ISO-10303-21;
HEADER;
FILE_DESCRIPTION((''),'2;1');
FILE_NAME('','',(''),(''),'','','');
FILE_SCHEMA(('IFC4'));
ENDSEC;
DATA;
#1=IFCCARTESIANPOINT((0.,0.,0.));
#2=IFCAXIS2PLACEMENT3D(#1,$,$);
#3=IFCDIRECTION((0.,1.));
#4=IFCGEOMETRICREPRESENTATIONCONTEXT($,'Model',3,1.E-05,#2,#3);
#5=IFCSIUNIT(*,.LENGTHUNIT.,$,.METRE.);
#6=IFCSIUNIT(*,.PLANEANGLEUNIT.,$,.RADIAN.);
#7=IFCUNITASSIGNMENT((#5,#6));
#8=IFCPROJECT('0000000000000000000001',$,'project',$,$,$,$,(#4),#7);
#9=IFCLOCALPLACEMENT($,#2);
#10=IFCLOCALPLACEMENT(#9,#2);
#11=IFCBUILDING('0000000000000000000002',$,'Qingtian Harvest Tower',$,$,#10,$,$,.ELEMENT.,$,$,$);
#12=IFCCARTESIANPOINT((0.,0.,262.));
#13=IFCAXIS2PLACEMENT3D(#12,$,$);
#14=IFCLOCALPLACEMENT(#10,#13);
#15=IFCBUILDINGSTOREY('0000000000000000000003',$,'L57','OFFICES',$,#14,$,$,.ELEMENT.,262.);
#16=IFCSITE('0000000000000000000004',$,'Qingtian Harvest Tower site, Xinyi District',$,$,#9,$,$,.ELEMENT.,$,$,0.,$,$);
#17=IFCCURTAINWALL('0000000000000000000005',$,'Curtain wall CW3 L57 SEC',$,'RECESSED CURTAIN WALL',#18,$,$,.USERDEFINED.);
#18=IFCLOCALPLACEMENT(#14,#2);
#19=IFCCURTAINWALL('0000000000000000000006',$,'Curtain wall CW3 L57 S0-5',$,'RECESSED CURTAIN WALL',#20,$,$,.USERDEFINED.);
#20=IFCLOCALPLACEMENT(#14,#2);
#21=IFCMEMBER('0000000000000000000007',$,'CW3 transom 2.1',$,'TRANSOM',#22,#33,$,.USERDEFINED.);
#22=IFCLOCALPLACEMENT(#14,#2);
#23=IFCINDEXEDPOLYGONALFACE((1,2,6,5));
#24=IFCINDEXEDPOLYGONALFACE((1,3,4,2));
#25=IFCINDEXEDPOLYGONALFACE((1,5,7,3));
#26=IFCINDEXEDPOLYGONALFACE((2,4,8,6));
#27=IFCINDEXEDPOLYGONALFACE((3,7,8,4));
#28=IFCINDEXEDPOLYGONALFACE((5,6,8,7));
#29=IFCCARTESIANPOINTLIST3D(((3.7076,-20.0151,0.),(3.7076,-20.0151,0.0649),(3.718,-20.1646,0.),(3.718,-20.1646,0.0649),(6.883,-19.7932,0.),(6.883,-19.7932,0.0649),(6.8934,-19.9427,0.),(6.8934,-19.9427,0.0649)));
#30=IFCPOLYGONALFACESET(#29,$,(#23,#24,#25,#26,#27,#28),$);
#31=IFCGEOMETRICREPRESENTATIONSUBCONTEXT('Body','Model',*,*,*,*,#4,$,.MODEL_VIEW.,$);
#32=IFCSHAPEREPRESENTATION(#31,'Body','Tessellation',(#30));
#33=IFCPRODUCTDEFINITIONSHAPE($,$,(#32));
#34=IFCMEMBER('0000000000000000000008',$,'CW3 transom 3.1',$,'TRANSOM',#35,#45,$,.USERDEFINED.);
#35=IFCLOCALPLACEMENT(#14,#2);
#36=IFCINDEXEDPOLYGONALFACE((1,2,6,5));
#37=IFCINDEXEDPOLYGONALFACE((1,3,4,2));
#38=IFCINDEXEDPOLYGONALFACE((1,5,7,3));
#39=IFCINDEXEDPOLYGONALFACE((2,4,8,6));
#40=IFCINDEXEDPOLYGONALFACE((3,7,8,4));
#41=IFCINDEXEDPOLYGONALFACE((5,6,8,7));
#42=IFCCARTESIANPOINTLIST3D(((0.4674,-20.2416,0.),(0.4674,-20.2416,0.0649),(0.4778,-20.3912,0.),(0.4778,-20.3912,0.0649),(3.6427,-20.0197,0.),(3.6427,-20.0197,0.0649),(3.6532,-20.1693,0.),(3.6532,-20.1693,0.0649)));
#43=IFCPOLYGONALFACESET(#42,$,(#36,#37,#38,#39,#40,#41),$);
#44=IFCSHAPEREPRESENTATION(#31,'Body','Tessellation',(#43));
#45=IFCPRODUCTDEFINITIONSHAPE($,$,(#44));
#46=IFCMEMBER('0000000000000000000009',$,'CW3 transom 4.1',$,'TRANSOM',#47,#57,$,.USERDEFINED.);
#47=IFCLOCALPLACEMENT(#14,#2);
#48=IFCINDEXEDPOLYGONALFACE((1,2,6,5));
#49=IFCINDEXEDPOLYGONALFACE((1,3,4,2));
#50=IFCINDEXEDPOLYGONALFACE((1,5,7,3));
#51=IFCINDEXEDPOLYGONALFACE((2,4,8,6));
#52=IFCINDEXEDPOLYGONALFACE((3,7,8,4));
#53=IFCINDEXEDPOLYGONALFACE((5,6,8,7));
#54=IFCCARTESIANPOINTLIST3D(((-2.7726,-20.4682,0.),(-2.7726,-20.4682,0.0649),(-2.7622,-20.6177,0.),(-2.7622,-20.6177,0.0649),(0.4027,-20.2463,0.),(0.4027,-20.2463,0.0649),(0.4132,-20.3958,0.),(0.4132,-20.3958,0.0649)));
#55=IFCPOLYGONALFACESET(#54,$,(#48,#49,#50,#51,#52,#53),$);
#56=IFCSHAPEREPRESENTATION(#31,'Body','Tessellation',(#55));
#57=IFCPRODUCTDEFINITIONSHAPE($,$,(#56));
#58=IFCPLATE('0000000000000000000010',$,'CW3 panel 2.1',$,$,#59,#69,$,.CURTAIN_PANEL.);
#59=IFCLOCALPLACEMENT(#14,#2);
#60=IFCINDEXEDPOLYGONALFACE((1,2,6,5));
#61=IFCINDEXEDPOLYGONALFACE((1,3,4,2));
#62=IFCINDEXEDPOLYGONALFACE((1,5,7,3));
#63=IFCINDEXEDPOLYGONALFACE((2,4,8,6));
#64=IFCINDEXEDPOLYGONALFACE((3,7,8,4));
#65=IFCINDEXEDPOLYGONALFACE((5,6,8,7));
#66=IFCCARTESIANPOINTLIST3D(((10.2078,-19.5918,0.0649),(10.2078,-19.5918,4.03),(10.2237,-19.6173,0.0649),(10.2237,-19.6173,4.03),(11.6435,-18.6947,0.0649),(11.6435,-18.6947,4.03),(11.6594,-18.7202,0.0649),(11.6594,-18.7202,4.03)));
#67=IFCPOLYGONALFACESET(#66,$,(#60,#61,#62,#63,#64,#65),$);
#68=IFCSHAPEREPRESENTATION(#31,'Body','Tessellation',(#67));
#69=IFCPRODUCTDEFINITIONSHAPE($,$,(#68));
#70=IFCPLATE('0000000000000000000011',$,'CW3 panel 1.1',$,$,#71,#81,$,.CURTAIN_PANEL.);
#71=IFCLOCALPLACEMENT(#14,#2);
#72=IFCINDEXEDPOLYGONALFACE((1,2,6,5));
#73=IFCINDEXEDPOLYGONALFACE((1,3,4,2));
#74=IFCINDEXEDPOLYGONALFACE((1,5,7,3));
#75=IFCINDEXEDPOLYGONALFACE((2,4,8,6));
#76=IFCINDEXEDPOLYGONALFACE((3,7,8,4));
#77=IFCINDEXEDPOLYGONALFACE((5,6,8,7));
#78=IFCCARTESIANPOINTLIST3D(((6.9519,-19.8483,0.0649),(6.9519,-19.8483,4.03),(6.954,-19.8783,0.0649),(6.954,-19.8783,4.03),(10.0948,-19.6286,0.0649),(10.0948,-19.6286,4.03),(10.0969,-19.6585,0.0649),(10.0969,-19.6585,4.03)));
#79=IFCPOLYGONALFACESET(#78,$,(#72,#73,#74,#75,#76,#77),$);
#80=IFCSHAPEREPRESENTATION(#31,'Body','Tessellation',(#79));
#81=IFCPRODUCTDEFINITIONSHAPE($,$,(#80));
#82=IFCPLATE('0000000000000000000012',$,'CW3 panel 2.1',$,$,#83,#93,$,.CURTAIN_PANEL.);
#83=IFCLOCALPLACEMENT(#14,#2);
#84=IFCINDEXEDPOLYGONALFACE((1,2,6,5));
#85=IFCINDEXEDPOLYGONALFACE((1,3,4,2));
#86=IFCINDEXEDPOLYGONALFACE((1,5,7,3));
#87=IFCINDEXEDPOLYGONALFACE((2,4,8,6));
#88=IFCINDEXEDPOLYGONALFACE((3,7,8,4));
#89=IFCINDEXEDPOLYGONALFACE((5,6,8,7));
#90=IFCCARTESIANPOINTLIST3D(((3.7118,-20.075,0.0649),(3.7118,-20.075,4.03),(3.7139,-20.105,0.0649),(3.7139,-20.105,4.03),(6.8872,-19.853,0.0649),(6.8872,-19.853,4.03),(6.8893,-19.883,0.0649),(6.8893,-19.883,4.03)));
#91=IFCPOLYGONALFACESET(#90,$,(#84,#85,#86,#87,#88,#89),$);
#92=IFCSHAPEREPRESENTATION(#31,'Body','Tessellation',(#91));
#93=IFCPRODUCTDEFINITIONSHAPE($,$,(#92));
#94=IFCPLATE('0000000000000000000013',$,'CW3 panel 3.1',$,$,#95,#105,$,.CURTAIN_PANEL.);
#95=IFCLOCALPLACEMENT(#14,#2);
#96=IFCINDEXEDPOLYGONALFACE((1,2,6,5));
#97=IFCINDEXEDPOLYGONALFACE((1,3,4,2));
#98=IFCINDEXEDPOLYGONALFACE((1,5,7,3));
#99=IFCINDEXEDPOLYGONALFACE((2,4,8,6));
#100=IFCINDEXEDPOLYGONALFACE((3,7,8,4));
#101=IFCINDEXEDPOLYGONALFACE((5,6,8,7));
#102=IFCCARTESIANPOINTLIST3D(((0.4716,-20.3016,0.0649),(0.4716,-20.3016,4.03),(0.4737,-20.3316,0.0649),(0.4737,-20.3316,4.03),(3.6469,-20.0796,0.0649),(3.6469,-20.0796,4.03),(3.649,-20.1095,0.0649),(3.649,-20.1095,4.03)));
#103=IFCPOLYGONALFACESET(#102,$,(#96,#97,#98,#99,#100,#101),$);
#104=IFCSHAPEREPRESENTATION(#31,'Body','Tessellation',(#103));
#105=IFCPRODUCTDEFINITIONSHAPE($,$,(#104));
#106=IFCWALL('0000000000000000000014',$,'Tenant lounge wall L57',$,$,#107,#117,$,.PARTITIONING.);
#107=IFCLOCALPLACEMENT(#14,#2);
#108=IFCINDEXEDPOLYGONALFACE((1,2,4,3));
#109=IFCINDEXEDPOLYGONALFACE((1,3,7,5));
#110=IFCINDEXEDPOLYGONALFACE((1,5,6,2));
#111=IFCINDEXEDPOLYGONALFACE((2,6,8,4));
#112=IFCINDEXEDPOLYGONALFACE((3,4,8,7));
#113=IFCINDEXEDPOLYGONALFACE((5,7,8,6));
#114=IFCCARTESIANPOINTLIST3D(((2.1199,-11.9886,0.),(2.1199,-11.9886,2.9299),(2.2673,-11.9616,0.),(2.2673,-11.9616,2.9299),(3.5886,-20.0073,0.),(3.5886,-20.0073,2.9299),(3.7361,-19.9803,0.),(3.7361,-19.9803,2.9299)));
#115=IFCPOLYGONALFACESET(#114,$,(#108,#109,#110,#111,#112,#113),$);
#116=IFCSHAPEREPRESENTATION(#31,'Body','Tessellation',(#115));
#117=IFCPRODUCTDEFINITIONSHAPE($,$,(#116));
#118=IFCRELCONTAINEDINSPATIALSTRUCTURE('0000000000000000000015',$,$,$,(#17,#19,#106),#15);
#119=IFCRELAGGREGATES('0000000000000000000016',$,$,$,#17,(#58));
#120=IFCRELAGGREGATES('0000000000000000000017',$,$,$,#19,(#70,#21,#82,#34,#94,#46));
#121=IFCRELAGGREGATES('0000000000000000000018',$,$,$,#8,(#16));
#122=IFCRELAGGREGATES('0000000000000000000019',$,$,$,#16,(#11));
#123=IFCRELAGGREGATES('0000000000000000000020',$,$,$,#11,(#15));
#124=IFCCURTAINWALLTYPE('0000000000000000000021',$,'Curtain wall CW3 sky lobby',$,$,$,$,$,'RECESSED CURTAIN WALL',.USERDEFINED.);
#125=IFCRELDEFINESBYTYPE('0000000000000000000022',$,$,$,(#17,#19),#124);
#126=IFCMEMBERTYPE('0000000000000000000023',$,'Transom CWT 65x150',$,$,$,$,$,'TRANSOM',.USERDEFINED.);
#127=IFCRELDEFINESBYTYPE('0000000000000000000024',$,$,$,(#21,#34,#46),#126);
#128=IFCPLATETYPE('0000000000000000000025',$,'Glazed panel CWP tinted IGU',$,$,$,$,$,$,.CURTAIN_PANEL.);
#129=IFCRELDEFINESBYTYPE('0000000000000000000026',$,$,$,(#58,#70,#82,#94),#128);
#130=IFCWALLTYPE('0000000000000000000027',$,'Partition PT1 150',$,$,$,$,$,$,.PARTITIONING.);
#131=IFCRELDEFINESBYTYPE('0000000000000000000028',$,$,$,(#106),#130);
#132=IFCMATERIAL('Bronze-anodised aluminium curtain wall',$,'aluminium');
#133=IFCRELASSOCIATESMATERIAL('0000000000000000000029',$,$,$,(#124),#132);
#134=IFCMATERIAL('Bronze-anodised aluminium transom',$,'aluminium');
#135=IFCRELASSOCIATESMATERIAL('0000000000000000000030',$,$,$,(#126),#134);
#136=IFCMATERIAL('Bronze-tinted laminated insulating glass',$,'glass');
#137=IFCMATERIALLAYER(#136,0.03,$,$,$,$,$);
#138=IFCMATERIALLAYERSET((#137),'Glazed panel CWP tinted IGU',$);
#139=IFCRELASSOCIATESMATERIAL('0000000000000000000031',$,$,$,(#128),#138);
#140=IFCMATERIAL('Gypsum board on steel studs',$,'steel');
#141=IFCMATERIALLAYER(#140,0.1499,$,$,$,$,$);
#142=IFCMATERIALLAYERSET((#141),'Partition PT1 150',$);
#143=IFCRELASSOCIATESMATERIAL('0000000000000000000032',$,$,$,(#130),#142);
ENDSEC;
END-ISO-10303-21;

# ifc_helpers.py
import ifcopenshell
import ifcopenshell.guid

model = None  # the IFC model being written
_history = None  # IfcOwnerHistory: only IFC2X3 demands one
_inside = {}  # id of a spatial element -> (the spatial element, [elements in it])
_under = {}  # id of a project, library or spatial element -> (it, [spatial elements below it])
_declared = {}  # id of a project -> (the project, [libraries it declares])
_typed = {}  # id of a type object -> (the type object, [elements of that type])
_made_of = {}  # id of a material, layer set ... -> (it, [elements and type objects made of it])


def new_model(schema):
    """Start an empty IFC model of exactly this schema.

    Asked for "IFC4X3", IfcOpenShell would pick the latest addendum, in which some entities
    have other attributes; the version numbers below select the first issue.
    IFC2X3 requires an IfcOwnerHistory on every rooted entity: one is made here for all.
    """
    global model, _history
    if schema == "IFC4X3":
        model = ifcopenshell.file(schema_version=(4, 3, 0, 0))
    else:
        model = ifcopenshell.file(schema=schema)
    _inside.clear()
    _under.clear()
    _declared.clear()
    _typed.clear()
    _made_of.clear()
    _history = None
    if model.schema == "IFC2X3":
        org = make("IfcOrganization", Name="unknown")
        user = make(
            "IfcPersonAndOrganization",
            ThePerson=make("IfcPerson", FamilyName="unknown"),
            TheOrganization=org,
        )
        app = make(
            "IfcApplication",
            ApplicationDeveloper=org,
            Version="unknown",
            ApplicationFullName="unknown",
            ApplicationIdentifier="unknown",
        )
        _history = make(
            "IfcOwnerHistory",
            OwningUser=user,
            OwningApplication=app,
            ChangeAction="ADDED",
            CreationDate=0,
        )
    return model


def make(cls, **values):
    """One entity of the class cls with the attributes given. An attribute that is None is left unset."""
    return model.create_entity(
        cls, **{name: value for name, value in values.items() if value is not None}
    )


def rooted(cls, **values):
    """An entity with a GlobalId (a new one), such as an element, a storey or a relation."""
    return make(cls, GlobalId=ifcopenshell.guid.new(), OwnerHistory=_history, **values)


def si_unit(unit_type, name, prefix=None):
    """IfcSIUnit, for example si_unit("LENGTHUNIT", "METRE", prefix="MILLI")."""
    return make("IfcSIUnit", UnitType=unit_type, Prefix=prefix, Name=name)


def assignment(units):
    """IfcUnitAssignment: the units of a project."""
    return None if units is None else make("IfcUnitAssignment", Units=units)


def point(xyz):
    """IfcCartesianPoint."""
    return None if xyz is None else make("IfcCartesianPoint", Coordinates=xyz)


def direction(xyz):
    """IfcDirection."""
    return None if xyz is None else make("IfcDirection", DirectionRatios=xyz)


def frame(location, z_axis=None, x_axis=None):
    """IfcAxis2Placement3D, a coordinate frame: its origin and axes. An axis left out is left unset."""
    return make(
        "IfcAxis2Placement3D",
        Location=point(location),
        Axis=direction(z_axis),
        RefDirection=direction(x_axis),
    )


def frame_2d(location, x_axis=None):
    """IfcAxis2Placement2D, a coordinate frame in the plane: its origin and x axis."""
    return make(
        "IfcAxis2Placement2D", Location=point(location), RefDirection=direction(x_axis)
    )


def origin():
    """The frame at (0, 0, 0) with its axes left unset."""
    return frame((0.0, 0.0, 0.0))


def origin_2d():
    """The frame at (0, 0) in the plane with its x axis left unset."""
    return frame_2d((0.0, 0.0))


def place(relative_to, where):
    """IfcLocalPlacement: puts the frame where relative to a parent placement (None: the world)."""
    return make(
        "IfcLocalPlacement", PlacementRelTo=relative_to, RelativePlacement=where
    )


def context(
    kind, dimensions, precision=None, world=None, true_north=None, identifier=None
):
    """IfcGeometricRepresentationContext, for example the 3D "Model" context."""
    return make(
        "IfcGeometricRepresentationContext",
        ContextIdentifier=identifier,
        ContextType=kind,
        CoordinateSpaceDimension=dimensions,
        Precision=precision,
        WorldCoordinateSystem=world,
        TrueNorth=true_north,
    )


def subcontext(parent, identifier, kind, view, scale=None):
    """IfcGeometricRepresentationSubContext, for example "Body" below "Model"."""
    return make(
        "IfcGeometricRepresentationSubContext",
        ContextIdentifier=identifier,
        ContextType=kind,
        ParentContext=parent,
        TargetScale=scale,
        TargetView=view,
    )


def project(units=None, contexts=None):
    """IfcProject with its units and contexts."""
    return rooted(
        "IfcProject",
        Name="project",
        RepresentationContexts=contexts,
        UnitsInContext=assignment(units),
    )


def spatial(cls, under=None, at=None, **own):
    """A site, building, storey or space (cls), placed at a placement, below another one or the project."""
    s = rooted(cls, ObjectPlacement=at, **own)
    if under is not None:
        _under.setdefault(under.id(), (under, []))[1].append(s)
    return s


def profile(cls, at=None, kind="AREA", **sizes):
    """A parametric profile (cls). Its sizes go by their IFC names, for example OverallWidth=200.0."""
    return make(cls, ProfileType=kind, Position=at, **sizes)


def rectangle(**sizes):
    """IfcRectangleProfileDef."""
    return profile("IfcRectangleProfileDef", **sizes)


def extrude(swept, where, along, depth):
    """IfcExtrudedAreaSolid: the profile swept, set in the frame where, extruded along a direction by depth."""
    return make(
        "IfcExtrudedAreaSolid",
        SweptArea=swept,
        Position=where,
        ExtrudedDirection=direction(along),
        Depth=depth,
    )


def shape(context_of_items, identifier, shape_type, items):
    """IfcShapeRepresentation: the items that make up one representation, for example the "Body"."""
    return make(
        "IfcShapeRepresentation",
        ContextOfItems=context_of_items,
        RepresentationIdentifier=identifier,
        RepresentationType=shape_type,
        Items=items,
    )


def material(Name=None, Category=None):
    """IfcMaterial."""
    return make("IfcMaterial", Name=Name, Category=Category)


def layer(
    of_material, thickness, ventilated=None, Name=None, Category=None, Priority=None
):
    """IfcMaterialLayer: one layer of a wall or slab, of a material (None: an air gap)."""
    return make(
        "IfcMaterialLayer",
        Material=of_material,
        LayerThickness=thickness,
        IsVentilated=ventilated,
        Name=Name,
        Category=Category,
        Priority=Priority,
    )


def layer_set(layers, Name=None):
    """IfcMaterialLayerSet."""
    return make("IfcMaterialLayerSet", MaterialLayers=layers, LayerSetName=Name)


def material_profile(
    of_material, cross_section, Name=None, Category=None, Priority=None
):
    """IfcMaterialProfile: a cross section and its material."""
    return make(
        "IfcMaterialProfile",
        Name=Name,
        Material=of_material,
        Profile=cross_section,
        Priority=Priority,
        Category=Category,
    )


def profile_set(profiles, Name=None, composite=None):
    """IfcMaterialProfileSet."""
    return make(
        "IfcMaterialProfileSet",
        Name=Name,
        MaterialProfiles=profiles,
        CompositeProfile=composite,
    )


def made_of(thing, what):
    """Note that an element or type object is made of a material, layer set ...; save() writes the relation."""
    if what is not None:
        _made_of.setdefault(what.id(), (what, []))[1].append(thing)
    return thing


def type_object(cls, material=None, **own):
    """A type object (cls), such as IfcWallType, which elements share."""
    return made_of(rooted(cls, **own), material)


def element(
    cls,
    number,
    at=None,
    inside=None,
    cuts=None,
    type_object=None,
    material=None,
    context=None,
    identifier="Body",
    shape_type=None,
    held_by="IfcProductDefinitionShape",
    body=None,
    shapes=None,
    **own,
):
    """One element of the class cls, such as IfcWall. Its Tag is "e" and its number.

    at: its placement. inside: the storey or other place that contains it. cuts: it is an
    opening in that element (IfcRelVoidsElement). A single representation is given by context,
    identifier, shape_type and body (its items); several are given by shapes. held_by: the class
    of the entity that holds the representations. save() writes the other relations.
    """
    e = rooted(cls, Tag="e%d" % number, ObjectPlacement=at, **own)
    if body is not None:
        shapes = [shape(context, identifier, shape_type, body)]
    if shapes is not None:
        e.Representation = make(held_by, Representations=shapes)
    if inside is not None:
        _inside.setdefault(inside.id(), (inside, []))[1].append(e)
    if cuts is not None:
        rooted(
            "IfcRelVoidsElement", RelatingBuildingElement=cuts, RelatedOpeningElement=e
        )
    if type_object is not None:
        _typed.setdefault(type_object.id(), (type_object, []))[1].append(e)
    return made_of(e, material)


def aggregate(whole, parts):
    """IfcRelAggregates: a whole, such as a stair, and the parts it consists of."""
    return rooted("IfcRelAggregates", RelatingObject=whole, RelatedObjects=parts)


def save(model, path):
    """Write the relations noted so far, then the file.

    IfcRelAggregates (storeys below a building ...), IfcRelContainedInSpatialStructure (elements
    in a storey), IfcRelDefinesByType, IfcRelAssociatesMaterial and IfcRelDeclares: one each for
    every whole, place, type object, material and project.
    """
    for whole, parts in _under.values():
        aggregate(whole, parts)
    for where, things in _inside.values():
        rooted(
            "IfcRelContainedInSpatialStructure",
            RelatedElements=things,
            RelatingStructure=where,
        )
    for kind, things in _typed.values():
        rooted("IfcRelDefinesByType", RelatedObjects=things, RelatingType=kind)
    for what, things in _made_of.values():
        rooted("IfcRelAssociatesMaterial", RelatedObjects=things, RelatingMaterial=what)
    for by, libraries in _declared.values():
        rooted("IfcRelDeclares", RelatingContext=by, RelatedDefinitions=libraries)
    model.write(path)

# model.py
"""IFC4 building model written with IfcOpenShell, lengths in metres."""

from ifc_helpers import new_model, si_unit, direction, frame, frame_2d, origin, origin_2d, place, context, subcontext, project, spatial, rectangle, extrude, material, layer, layer_set, material_profile, profile_set, type_object, element, aggregate, save


model = new_model("IFC4")

# Units and contexts
model_context = context("Model", 3, precision=1e-05, world=origin(), true_north=direction((0.0, 1.0)))
body_context = subcontext(model_context, "Body", "Model", "MODEL_VIEW")
ifc_project = project(units=[si_unit("LENGTHUNIT", "METRE"), si_unit("PLANEANGLEUNIT", "RADIAN")], contexts=[model_context])

# Site, building, storey
site_placement = place(None, origin())
site = spatial("IfcSite", under=ifc_project, at=site_placement, Name="Qingtian Harvest Tower site, Xinyi District", CompositionType="ELEMENT", RefElevation=0.0)
building_placement = place(site_placement, origin())
building = spatial("IfcBuilding", under=site, at=building_placement, Name="Qingtian Harvest Tower", CompositionType="ELEMENT")
storey_placement = place(building_placement, frame((0.0, 0.0, 262.0)))
storey = spatial("IfcBuildingStorey", under=building, at=storey_placement, Name="L57", Description="OFFICES", CompositionType="ELEMENT", Elevation=262.0)

# Curtain wall
ifc_material_1 = material(Name="Bronze-anodised aluminium curtain wall", Category="aluminium")
curtain_wall_type = type_object("IfcCurtainWallType", Name="Curtain wall CW3 sky lobby", ElementType="RECESSED CURTAIN WALL", PredefinedType="USERDEFINED", material=ifc_material_1)
curtain_wall_1_placement = place(storey_placement, origin())
curtain_wall_1 = element("IfcCurtainWall", 1, at=curtain_wall_1_placement, inside=storey, type_object=curtain_wall_type, Name="Curtain wall CW3 L57 SEC", ObjectType="RECESSED CURTAIN WALL", PredefinedType="USERDEFINED")

# Curtain wall
curtain_wall_2_placement = place(storey_placement, origin())
curtain_wall_2 = element("IfcCurtainWall", 2, at=curtain_wall_2_placement, inside=storey, type_object=curtain_wall_type, Name="Curtain wall CW3 L57 S0-5", ObjectType="RECESSED CURTAIN WALL", PredefinedType="USERDEFINED")

# Members
ifc_material_2 = material(Name="Bronze-anodised aluminium transom", Category="aluminium")
ifc_material_profile_1 = material_profile(ifc_material_2, rectangle(XDim=0.1499, YDim=0.0649, at=origin_2d()), Name="AL 65x150")
ifc_profile_set_1 = profile_set([ifc_material_profile_1], Name="Bronze-anodised aluminium transom")
member_type_1 = type_object("IfcMemberType", Name="Transom CWT 65x150", ElementType="TRANSOM", PredefinedType="USERDEFINED", material=ifc_profile_set_1)
member_1_placement = place(storey_placement, frame((6.8882, -19.8679, 0.0325), z_axis=(-0.997567, -0.069721, 0.0), x_axis=(0.069721, -0.997567, 0.0)))
member_1 = element("IfcMember", 3, at=member_1_placement, type_object=member_type_1, Name="CW3 transom 2.1", ObjectType="TRANSOM", PredefinedType="USERDEFINED", context=body_context, shape_type="SweptSolid", body=[
    extrude(rectangle(XDim=0.1499, YDim=0.0649, at=origin_2d()), origin(), (0.0, 0.0, 1.0), 3.1831),
])
member_2_placement = place(storey_placement, frame((3.6479, -20.0945, 0.0325), z_axis=(-0.997567, -0.069721, 0.0), x_axis=(0.069721, -0.997567, 0.0)))
member_2 = element("IfcMember", 4, at=member_2_placement, type_object=member_type_1, Name="CW3 transom 3.1", ObjectType="TRANSOM", PredefinedType="USERDEFINED", context=body_context, shape_type="SweptSolid", body=[
    extrude(rectangle(XDim=0.1499, YDim=0.0649, at=origin_2d()), origin(), (0.0, 0.0, 1.0), 3.1831),
])
member_3_placement = place(storey_placement, frame((0.408, -20.321, 0.0325), z_axis=(-0.997567, -0.069721, 0.0), x_axis=(0.069721, -0.997567, 0.0)))
member_3 = element("IfcMember", 5, at=member_3_placement, type_object=member_type_1, Name="CW3 transom 4.1", ObjectType="TRANSOM", PredefinedType="USERDEFINED", context=body_context, shape_type="SweptSolid", body=[
    extrude(rectangle(XDim=0.1499, YDim=0.0649, at=origin_2d()), origin(), (0.0, 0.0, 1.0), 3.1831),
])

# Plates
ifc_material_3 = material(Name="Bronze-tinted laminated insulating glass", Category="glass")
ifc_layer_1 = layer(ifc_material_3, 0.03)
ifc_layer_set_1 = layer_set([ifc_layer_1], Name="Glazed panel CWP tinted IGU")
plate_type = type_object("IfcPlateType", Name="Glazed panel CWP tinted IGU", PredefinedType="CURTAIN_PANEL", material=ifc_layer_set_1)
plate_1_placement = place(storey_placement, frame((10.9336, -19.156, 0.0649), z_axis=(0.0, 0.0, 1.0), x_axis=(-0.848048, -0.529919, 0.0)))
plate_1 = element("IfcPlate", 6, at=plate_1_placement, type_object=plate_type, Name="CW3 panel 2.1", PredefinedType="CURTAIN_PANEL", context=body_context, shape_type="SweptSolid", body=[
    extrude(rectangle(XDim=1.6929, YDim=0.03, at=origin_2d()), origin(), (0.0, 0.0, 1.0), 3.9651),
])
aggregate(curtain_wall_1, [plate_1])
plate_2_placement = place(storey_placement, frame((8.5244, -19.7534, 0.0649), z_axis=(0.0, 0.0, 1.0), x_axis=(-0.997564, -0.069756, 0.0)))
plate_2 = element("IfcPlate", 7, at=plate_2_placement, type_object=plate_type, Name="CW3 panel 1.1", PredefinedType="CURTAIN_PANEL", context=body_context, shape_type="SweptSolid", body=[
    extrude(rectangle(XDim=3.1506, YDim=0.03, at=origin_2d()), origin(), (0.0, 0.0, 1.0), 3.9651),
])
plate_3_placement = place(storey_placement, frame((5.3005, -19.979, 0.0649), z_axis=(0.0, 0.0, 1.0), x_axis=(-0.997564, -0.069756, 0.0)))
plate_3 = element("IfcPlate", 8, at=plate_3_placement, type_object=plate_type, Name="CW3 panel 2.1", PredefinedType="CURTAIN_PANEL", context=body_context, shape_type="SweptSolid", body=[
    extrude(rectangle(XDim=3.1831, YDim=0.03, at=origin_2d()), origin(), (0.0, 0.0, 1.0), 3.9651),
])
plate_4_placement = place(storey_placement, frame((2.0603, -20.2056, 0.0649), z_axis=(0.0, 0.0, 1.0), x_axis=(-0.997564, -0.069756, 0.0)))
plate_4 = element("IfcPlate", 9, at=plate_4_placement, type_object=plate_type, Name="CW3 panel 3.1", PredefinedType="CURTAIN_PANEL", context=body_context, shape_type="SweptSolid", body=[
    extrude(rectangle(XDim=3.1831, YDim=0.03, at=origin_2d()), origin(), (0.0, 0.0, 1.0), 3.9651),
])
aggregate(curtain_wall_2, [plate_2, member_1, plate_3, member_2, plate_4, member_3])

# Wall
ifc_material_4 = material(Name="Gypsum board on steel studs", Category="steel")
ifc_layer_2 = layer(ifc_material_4, 0.1499)
ifc_layer_set_2 = layer_set([ifc_layer_2], Name="Partition PT1 150")
wall_type = type_object("IfcWallType", Name="Partition PT1 150", PredefinedType="PARTITIONING", material=ifc_layer_set_2)
wall_placement = place(storey_placement, frame((3.6624, -19.9939, 0.0), z_axis=(0.0, 0.0, 1.0), x_axis=(-0.180166, 0.983636, 0.0)))
element("IfcWall", 10, at=wall_placement, inside=storey, type_object=wall_type, Name="Tenant lounge wall L57", PredefinedType="PARTITIONING", context=body_context, shape_type="SweptSolid", body=[
    extrude(rectangle(XDim=8.1521, YDim=0.1499, at=frame_2d((4.0762, 0.0))), origin(), (0.0, 0.0, 1.0), 2.9299),
])

save(model, "model.ifc")
